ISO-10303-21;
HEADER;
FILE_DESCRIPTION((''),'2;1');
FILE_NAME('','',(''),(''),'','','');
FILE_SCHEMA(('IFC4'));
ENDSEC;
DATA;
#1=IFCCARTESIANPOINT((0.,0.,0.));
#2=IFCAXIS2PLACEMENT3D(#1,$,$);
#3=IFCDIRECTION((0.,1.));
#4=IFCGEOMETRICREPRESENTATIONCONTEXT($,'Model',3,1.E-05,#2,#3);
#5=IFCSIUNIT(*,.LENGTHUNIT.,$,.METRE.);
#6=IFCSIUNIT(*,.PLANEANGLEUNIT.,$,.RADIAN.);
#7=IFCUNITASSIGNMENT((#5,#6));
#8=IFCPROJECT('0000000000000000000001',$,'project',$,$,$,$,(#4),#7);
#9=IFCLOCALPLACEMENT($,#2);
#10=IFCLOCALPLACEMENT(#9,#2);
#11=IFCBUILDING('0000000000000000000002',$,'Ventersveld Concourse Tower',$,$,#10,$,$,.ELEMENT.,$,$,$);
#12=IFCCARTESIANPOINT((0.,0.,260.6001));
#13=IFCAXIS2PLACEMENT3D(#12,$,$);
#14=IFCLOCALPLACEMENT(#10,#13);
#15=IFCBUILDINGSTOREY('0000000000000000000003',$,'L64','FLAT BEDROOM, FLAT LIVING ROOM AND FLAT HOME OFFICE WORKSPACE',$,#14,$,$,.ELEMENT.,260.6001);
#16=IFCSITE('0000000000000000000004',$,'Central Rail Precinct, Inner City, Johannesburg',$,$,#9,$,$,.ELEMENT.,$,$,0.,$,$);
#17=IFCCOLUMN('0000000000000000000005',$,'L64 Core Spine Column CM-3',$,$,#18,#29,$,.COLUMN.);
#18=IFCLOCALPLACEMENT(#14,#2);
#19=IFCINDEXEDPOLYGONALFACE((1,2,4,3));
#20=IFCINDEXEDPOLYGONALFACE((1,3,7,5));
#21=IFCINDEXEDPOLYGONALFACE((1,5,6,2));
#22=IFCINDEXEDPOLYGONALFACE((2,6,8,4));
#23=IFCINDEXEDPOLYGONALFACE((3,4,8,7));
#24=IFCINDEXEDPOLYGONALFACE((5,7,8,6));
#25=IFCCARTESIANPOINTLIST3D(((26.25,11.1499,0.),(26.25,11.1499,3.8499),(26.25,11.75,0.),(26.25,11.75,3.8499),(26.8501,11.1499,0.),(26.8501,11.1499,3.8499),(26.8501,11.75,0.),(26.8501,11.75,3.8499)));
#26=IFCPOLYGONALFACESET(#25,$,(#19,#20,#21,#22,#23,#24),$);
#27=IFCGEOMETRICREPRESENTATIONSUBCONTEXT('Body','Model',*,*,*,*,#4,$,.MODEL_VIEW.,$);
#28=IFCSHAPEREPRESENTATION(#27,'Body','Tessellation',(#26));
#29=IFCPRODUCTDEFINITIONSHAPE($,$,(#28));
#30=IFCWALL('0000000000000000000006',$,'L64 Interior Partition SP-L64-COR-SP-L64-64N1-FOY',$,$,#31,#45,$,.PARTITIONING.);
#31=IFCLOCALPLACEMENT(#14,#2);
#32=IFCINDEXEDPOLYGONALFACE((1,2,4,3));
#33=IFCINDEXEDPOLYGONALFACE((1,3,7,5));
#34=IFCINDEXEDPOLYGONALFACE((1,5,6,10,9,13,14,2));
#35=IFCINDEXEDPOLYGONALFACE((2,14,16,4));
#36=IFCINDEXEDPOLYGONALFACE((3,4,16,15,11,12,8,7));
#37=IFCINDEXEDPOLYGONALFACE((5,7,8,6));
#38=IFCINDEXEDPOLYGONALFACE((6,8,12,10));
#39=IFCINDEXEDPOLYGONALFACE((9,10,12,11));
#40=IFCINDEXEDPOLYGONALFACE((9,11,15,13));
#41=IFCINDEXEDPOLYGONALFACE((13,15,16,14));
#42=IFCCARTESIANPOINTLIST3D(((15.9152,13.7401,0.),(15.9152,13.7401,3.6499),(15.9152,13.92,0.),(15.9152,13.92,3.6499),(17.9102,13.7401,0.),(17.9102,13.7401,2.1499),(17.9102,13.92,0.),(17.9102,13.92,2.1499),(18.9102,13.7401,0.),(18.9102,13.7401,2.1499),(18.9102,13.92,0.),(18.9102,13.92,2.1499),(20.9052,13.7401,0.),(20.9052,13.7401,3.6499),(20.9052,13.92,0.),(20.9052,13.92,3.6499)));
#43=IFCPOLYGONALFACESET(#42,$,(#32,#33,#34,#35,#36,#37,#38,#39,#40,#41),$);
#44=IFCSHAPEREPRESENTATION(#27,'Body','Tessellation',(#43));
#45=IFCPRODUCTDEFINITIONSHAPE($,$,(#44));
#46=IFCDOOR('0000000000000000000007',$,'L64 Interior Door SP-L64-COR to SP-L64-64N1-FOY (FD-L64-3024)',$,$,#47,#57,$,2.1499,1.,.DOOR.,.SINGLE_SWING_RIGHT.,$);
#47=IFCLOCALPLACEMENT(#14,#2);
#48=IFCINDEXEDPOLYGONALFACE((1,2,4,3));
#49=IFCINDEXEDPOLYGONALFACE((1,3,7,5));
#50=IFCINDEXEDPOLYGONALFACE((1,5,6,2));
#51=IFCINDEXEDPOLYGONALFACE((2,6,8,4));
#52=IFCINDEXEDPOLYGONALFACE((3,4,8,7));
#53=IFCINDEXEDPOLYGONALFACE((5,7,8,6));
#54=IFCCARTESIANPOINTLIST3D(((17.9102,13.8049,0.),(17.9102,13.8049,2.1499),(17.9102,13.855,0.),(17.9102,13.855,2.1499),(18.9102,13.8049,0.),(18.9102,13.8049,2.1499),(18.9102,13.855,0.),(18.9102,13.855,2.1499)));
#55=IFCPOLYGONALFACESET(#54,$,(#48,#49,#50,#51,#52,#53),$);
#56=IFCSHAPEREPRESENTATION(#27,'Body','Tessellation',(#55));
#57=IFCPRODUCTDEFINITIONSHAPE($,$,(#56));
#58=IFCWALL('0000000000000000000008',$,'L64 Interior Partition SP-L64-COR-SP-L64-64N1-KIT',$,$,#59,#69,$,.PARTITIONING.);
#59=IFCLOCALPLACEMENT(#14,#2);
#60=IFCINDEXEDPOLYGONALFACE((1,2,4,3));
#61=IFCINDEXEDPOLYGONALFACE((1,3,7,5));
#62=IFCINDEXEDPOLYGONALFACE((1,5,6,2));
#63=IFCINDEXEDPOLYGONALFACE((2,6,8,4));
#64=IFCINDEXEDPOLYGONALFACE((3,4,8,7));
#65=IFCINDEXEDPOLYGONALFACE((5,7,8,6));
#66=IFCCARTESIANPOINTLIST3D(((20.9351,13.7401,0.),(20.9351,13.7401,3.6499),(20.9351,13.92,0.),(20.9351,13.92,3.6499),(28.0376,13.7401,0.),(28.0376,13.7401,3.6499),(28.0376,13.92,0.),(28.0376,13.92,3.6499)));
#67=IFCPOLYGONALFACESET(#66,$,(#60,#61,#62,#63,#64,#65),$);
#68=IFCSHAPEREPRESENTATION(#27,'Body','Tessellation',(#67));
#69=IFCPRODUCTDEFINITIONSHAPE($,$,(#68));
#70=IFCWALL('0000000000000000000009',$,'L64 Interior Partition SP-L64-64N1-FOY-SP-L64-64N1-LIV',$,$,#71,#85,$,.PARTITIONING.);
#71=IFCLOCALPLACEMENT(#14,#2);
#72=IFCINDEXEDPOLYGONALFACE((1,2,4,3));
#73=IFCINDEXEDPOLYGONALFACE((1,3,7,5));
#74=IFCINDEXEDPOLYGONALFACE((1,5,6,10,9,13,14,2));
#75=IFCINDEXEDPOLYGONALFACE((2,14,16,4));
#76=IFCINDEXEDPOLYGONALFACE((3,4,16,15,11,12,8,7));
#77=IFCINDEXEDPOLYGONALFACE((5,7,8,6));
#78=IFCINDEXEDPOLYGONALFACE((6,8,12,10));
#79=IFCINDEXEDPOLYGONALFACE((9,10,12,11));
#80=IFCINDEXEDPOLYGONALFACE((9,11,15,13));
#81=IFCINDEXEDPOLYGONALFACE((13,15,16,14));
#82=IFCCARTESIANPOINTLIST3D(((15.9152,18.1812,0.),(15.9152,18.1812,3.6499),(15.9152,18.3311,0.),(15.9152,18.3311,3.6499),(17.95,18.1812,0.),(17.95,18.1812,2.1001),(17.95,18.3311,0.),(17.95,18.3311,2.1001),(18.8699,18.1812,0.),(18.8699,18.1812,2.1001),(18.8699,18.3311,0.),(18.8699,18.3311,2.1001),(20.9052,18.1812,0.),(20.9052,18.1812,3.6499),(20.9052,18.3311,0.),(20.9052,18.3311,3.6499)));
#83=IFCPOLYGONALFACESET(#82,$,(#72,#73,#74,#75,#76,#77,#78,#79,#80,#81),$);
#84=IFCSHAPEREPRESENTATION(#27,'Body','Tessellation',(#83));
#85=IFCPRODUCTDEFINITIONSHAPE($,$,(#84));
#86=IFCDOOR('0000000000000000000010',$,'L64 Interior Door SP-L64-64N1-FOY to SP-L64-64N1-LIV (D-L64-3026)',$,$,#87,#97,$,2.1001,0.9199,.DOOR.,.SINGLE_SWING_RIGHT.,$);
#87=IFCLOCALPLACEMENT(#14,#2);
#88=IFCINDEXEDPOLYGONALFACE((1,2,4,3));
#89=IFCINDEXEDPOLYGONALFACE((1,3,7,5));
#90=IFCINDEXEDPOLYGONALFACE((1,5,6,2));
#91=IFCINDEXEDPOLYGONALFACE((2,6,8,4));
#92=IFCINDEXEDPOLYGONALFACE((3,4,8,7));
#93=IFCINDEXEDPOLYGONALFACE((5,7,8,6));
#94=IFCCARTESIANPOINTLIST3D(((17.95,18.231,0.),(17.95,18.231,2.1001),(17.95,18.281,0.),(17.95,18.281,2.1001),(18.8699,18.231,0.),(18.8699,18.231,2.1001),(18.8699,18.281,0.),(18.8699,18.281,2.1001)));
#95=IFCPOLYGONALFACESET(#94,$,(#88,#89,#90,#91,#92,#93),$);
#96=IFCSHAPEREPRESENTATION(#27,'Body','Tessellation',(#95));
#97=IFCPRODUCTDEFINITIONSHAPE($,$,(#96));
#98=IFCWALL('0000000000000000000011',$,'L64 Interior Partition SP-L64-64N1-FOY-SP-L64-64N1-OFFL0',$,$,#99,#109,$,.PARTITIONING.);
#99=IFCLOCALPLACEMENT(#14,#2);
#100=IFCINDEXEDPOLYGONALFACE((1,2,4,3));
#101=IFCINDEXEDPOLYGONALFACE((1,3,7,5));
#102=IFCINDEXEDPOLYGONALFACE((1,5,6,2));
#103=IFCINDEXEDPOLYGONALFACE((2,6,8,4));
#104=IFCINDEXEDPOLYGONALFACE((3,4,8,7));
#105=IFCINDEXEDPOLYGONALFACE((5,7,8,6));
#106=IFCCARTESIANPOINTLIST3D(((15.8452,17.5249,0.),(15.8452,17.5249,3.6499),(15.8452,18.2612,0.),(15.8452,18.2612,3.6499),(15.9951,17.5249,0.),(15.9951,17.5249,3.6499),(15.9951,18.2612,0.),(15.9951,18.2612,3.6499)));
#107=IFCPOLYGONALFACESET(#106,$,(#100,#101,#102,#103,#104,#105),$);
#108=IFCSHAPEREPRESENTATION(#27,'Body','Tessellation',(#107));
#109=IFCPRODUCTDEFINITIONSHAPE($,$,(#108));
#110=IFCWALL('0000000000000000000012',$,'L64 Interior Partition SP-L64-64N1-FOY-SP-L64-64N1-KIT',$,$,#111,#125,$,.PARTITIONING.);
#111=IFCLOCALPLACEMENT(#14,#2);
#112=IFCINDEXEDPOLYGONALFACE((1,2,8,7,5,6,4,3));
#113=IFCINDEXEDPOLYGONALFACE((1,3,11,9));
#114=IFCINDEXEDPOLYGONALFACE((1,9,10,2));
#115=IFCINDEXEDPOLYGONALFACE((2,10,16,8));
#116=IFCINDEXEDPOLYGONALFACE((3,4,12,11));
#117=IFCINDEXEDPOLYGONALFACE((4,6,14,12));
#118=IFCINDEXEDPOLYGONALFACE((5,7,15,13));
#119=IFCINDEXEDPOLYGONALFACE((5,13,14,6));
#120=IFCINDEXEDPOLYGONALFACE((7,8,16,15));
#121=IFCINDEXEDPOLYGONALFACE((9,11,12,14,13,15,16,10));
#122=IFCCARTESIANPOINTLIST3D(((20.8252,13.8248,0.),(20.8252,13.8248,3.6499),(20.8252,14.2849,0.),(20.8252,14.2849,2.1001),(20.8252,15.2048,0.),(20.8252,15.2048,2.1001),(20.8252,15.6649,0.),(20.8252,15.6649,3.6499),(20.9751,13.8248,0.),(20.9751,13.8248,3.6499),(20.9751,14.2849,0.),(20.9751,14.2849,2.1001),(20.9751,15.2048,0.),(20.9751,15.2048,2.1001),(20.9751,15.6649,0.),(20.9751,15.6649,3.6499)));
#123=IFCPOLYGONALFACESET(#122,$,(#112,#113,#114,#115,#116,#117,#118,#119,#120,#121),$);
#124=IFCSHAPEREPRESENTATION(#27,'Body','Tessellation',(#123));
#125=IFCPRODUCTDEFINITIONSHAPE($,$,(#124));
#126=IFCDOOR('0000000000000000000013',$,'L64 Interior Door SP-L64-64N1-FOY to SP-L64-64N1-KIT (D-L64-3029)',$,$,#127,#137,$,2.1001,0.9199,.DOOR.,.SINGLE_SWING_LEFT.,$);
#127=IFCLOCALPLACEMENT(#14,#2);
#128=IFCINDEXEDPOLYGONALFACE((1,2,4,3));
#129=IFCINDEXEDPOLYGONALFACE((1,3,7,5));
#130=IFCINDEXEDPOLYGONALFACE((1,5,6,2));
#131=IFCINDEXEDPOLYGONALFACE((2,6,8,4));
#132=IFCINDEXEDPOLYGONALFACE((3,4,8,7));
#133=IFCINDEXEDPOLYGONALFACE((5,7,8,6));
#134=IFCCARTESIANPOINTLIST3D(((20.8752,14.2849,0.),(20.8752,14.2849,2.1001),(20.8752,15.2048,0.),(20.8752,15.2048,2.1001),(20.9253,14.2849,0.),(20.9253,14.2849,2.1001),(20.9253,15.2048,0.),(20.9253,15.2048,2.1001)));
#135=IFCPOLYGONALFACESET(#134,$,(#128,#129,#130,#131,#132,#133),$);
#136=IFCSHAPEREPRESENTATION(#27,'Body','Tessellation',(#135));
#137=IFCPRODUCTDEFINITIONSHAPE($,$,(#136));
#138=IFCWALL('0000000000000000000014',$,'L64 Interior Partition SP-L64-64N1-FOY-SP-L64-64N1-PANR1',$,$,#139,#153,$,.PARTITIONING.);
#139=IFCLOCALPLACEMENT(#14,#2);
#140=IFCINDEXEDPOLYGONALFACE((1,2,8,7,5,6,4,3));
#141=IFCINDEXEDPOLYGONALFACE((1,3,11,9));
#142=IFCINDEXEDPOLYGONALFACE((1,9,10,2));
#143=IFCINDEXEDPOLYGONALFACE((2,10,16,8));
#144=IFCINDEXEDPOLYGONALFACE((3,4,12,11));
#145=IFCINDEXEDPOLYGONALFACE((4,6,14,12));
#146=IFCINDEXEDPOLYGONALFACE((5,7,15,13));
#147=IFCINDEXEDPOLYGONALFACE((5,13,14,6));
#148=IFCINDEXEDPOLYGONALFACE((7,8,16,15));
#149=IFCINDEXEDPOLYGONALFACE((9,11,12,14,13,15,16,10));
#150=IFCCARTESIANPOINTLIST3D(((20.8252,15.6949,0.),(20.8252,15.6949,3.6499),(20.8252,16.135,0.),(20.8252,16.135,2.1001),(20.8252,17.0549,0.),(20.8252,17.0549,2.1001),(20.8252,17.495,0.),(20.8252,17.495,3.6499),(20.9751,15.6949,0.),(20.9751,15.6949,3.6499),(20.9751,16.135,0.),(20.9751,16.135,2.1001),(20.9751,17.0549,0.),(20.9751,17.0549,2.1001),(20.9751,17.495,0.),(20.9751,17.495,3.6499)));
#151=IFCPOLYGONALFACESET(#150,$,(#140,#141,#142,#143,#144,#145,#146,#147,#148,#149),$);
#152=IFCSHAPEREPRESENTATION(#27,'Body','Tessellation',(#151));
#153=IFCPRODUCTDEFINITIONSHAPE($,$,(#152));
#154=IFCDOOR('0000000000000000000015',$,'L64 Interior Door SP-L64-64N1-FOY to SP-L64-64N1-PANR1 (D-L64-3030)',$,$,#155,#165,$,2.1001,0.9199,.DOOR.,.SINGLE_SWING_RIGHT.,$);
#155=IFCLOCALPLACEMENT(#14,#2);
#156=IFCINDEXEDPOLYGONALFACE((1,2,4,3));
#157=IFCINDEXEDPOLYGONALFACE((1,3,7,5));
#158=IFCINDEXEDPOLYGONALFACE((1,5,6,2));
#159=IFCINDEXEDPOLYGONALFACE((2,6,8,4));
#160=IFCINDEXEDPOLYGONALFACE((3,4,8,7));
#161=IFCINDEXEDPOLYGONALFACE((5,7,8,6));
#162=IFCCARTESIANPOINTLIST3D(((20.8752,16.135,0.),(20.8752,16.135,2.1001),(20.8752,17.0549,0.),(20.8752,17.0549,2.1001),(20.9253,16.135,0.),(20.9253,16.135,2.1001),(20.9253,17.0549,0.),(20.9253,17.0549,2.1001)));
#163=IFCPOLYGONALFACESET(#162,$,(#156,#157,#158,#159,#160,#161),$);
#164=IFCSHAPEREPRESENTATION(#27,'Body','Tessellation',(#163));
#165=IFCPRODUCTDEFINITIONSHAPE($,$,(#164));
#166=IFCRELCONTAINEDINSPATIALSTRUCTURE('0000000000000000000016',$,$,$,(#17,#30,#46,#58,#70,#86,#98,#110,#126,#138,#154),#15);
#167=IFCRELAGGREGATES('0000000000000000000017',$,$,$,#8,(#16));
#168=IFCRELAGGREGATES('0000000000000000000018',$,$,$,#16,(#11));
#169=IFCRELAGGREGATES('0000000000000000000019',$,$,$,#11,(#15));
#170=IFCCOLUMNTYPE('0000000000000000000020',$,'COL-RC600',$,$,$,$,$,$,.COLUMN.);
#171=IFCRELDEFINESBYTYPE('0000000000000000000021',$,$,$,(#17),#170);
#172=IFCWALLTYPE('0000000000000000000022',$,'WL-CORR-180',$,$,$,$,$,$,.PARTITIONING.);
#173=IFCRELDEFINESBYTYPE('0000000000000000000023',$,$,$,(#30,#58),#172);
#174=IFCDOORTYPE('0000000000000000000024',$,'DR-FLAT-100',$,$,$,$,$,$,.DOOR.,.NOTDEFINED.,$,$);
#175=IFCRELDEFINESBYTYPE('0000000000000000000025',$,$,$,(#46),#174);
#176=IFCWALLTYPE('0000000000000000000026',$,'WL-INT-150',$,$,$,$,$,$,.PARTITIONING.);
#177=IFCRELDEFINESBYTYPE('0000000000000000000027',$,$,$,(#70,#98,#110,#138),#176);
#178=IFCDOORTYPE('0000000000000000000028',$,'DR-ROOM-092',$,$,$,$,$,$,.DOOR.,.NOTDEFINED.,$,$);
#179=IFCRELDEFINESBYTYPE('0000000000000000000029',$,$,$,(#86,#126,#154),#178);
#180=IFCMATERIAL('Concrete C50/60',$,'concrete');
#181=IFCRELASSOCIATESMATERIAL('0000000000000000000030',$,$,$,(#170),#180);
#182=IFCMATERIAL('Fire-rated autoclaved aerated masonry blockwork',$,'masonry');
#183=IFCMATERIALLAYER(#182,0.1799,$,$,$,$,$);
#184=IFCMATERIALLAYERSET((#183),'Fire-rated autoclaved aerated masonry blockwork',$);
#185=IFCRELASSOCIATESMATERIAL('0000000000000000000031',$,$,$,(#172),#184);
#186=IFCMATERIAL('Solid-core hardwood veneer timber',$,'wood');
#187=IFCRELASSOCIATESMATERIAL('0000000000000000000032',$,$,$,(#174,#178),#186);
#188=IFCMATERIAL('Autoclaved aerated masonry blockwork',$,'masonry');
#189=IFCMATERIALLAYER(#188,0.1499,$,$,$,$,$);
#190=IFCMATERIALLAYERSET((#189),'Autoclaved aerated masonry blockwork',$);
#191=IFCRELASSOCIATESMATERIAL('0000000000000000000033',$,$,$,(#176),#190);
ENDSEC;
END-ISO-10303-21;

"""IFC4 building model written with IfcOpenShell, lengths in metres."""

from ifc_helpers import new_model, si_unit, direction, frame, frame_2d, origin, origin_2d, place, context, subcontext, project, spatial, rectangle, extrude, material, layer, layer_set, material_profile, profile_set, type_object, element, fill, save


model = new_model("IFC4")

# Units and contexts
model_context = context("Model", 3, precision=1e-05, world=origin(), true_north=direction((0.0, 1.0)))
body_context = subcontext(model_context, "Body", "Model", "MODEL_VIEW")
ifc_project = project(units=[si_unit("LENGTHUNIT", "METRE"), si_unit("PLANEANGLEUNIT", "RADIAN")], contexts=[model_context])

# Site, building, storey
site_placement = place(None, origin())
site = spatial("IfcSite", under=ifc_project, at=site_placement, Name="Central Rail Precinct, Inner City, Johannesburg", CompositionType="ELEMENT", RefElevation=0.0)
building_placement = place(site_placement, origin())
building = spatial("IfcBuilding", under=site, at=building_placement, Name="Ventersveld Concourse Tower", CompositionType="ELEMENT")
storey_placement = place(building_placement, frame((0.0, 0.0, 260.6001)))
storey = spatial("IfcBuildingStorey", under=building, at=storey_placement, Name="L64", Description="FLAT BEDROOM, FLAT LIVING ROOM AND FLAT HOME OFFICE WORKSPACE", CompositionType="ELEMENT", Elevation=260.6001)

# Column
ifc_material_1 = material(Name="Concrete C50/60", Category="concrete")
ifc_material_profile = material_profile(ifc_material_1, rectangle(XDim=0.6001, YDim=0.6001, at=origin_2d()), Name="RC 600x600")
ifc_profile_set = profile_set([ifc_material_profile], Name="Concrete C50/60")
column_type = type_object("IfcColumnType", Name="COL-RC600", PredefinedType="COLUMN", material=ifc_profile_set)
column_placement = place(storey_placement, frame((26.55, 11.45, 0.0), z_axis=(0.0, 0.0, 1.0), x_axis=(1.0, 0.0, 0.0)))
element("IfcColumn", 1, at=column_placement, inside=storey, type_object=column_type, Name="L64 Core Spine Column CM-3", PredefinedType="COLUMN", context=body_context, shape_type="SweptSolid", body=[
    extrude(rectangle(XDim=0.6001, YDim=0.6001, at=origin_2d()), origin(), (0.0, 0.0, 1.0), 3.8499),
])

# Wall, opening, door
ifc_material_2 = material(Name="Fire-rated autoclaved aerated masonry blockwork", Category="masonry")
ifc_layer_1 = layer(ifc_material_2, 0.1799)
ifc_layer_set_1 = layer_set([ifc_layer_1], Name="Fire-rated autoclaved aerated masonry blockwork")
wall_type_1 = type_object("IfcWallType", Name="WL-CORR-180", PredefinedType="PARTITIONING", material=ifc_layer_set_1)
wall_1_placement = place(storey_placement, frame((15.915, 13.8301, 0.0), z_axis=(0.0, 0.0, 1.0), x_axis=(1.0, 0.0, 0.0)))
wall_1 = element("IfcWall", 2, at=wall_1_placement, inside=storey, type_object=wall_type_1, Name="L64 Interior Partition SP-L64-COR-SP-L64-64N1-FOY", PredefinedType="PARTITIONING", context=body_context, shape_type="SweptSolid", body=[
    extrude(rectangle(XDim=4.99, YDim=0.1799, at=frame_2d((2.4951, 0.0))), origin(), (0.0, 0.0, 1.0), 3.6499),
])
opening_1_placement = place(wall_1_placement, frame((1.9951, 0.0, 0.0)))
opening_1 = element("IfcOpeningElement", 3, at=opening_1_placement, cuts=wall_1, PredefinedType="OPENING", context=body_context, shape_type="SweptSolid", body=[
    extrude(rectangle(XDim=1.0, YDim=2.1499, at=frame_2d((0.5, 1.075))), frame((0.0, 0.1001, 0.0), z_axis=(0.0, -1.0, 0.0), x_axis=(1.0, 0.0, 0.0)), (0.0, 0.0, 1.0), 0.2),
])
ifc_material_3 = material(Name="Solid-core hardwood veneer timber", Category="wood")
door_type_1 = type_object("IfcDoorType", Name="DR-FLAT-100", OperationType="NOTDEFINED", PredefinedType="DOOR", material=ifc_material_3)
door_1_placement = place(opening_1_placement, origin())
door_1 = element("IfcDoor", 4, at=door_1_placement, inside=storey, type_object=door_type_1, Name="L64 Interior Door SP-L64-COR to SP-L64-64N1-FOY (FD-L64-3024)", OperationType="SINGLE_SWING_RIGHT", OverallHeight=2.1499, OverallWidth=1.0, PredefinedType="DOOR", context=body_context, shape_type="SweptSolid", body=[
    extrude(rectangle(XDim=1.0, YDim=2.1499, at=frame_2d((0.5, 1.075))), frame((0.0, 0.0249, 0.0), z_axis=(0.0, -1.0, 0.0), x_axis=(1.0, 0.0, 0.0)), (0.0, 0.0, 1.0), 0.05),
])
fill(opening_1, door_1)

# Wall
wall_2_placement = place(storey_placement, frame((20.9351, 13.8301, 0.0), z_axis=(0.0, 0.0, 1.0), x_axis=(1.0, 0.0, 0.0)))
element("IfcWall", 5, at=wall_2_placement, inside=storey, type_object=wall_type_1, Name="L64 Interior Partition SP-L64-COR-SP-L64-64N1-KIT", PredefinedType="PARTITIONING", context=body_context, shape_type="SweptSolid", body=[
    extrude(rectangle(XDim=7.1025, YDim=0.1799, at=frame_2d((3.5513, 0.0))), origin(), (0.0, 0.0, 1.0), 3.6499),
])

# Wall, opening, door
ifc_material_4 = material(Name="Autoclaved aerated masonry blockwork", Category="masonry")
ifc_layer_2 = layer(ifc_material_4, 0.1499)
ifc_layer_set_2 = layer_set([ifc_layer_2], Name="Autoclaved aerated masonry blockwork")
wall_type_2 = type_object("IfcWallType", Name="WL-INT-150", PredefinedType="PARTITIONING", material=ifc_layer_set_2)
wall_3_placement = place(storey_placement, frame((15.915, 18.2561, 0.0), z_axis=(0.0, 0.0, 1.0), x_axis=(1.0, 0.0, 0.0)))
wall_3 = element("IfcWall", 6, at=wall_3_placement, inside=storey, type_object=wall_type_2, Name="L64 Interior Partition SP-L64-64N1-FOY-SP-L64-64N1-LIV", PredefinedType="PARTITIONING", context=body_context, shape_type="SweptSolid", body=[
    extrude(rectangle(XDim=4.99, YDim=0.1499, at=frame_2d((2.4951, 0.0))), origin(), (0.0, 0.0, 1.0), 3.6499),
])
opening_2_placement = place(wall_3_placement, frame((2.0349, 0.0, 0.0)))
opening_2 = element("IfcOpeningElement", 7, at=opening_2_placement, cuts=wall_3, PredefinedType="OPENING", context=body_context, shape_type="SweptSolid", body=[
    extrude(rectangle(XDim=0.9199, YDim=2.1001, at=frame_2d((0.46, 1.05))), frame((0.0, 0.085, 0.0), z_axis=(0.0, -1.0, 0.0), x_axis=(1.0, 0.0, 0.0)), (0.0, 0.0, 1.0), 0.1699),
])
door_type_2 = type_object("IfcDoorType", Name="DR-ROOM-092", OperationType="NOTDEFINED", PredefinedType="DOOR", material=ifc_material_3)
door_2_placement = place(opening_2_placement, origin())
door_2 = element("IfcDoor", 8, at=door_2_placement, inside=storey, type_object=door_type_2, Name="L64 Interior Door SP-L64-64N1-FOY to SP-L64-64N1-LIV (D-L64-3026)", OperationType="SINGLE_SWING_RIGHT", OverallHeight=2.1001, OverallWidth=0.9199, PredefinedType="DOOR", context=body_context, shape_type="SweptSolid", body=[
    extrude(rectangle(XDim=0.9199, YDim=2.1001, at=frame_2d((0.46, 1.05))), frame((0.0, 0.0249, 0.0), z_axis=(0.0, -1.0, 0.0), x_axis=(1.0, 0.0, 0.0)), (0.0, 0.0, 1.0), 0.05),
])
fill(opening_2, door_2)

# Wall
wall_4_placement = place(storey_placement, frame((15.9202, 17.5249, 0.0), z_axis=(0.0, 0.0, 1.0), x_axis=(0.0, 1.0, 0.0)))
element("IfcWall", 9, at=wall_4_placement, inside=storey, type_object=wall_type_2, Name="L64 Interior Partition SP-L64-64N1-FOY-SP-L64-64N1-OFFL0", PredefinedType="PARTITIONING", context=body_context, shape_type="SweptSolid", body=[
    extrude(rectangle(XDim=0.7363, YDim=0.1499, at=frame_2d((0.3682, 0.0))), origin(), (0.0, 0.0, 1.0), 3.6499),
])

# Walls, openings, doors
wall_5_placement = place(storey_placement, frame((20.9001, 13.825, 0.0), z_axis=(0.0, 0.0, 1.0), x_axis=(0.0, 1.0, 0.0)))
wall_5 = element("IfcWall", 10, at=wall_5_placement, inside=storey, type_object=wall_type_2, Name="L64 Interior Partition SP-L64-64N1-FOY-SP-L64-64N1-KIT", PredefinedType="PARTITIONING", context=body_context, shape_type="SweptSolid", body=[
    extrude(rectangle(XDim=1.8401, YDim=0.1499, at=frame_2d((0.9199, 0.0))), origin(), (0.0, 0.0, 1.0), 3.6499),
])
opening_3_placement = place(wall_5_placement, frame((0.46, 0.0, 0.0)))
opening_3 = element("IfcOpeningElement", 11, at=opening_3_placement, cuts=wall_5, PredefinedType="OPENING", context=body_context, shape_type="SweptSolid", body=[
    extrude(rectangle(XDim=0.9199, YDim=2.1001, at=frame_2d((0.46, 1.05))), frame((0.0, 0.085, 0.0), z_axis=(0.0, -1.0, 0.0), x_axis=(1.0, 0.0, 0.0)), (0.0, 0.0, 1.0), 0.1699),
])
door_3_placement = place(opening_3_placement, origin())
door_3 = element("IfcDoor", 12, at=door_3_placement, inside=storey, type_object=door_type_2, Name="L64 Interior Door SP-L64-64N1-FOY to SP-L64-64N1-KIT (D-L64-3029)", OperationType="SINGLE_SWING_LEFT", OverallHeight=2.1001, OverallWidth=0.9199, PredefinedType="DOOR", context=body_context, shape_type="SweptSolid", body=[
    extrude(rectangle(XDim=0.9199, YDim=2.1001, at=frame_2d((0.46, 1.05))), frame((0.0, 0.0249, 0.0), z_axis=(0.0, -1.0, 0.0), x_axis=(1.0, 0.0, 0.0)), (0.0, 0.0, 1.0), 0.05),
])
fill(opening_3, door_3)
wall_6_placement = place(storey_placement, frame((20.9001, 15.6951, 0.0), z_axis=(0.0, 0.0, 1.0), x_axis=(0.0, 1.0, 0.0)))
wall_6 = element("IfcWall", 13, at=wall_6_placement, inside=storey, type_object=wall_type_2, Name="L64 Interior Partition SP-L64-64N1-FOY-SP-L64-64N1-PANR1", PredefinedType="PARTITIONING", context=body_context, shape_type="SweptSolid", body=[
    extrude(rectangle(XDim=1.8, YDim=0.1499, at=frame_2d((0.8999, 0.0))), origin(), (0.0, 0.0, 1.0), 3.6499),
])
opening_4_placement = place(wall_6_placement, frame((0.4399, 0.0, 0.0)))
opening_4 = element("IfcOpeningElement", 14, at=opening_4_placement, cuts=wall_6, PredefinedType="OPENING", context=body_context, shape_type="SweptSolid", body=[
    extrude(rectangle(XDim=0.9199, YDim=2.1001, at=frame_2d((0.46, 1.05))), frame((0.0, 0.085, 0.0), z_axis=(0.0, -1.0, 0.0), x_axis=(1.0, 0.0, 0.0)), (0.0, 0.0, 1.0), 0.1699),
])
door_4_placement = place(opening_4_placement, origin())
door_4 = element("IfcDoor", 15, at=door_4_placement, inside=storey, type_object=door_type_2, Name="L64 Interior Door SP-L64-64N1-FOY to SP-L64-64N1-PANR1 (D-L64-3030)", OperationType="SINGLE_SWING_RIGHT", OverallHeight=2.1001, OverallWidth=0.9199, PredefinedType="DOOR", context=body_context, shape_type="SweptSolid", body=[
    extrude(rectangle(XDim=0.9199, YDim=2.1001, at=frame_2d((0.46, 1.05))), frame((0.0, 0.0249, 0.0), z_axis=(0.0, -1.0, 0.0), x_axis=(1.0, 0.0, 0.0)), (0.0, 0.0, 1.0), 0.05),
])
fill(opening_4, door_4)

save(model, "model.ifc")
